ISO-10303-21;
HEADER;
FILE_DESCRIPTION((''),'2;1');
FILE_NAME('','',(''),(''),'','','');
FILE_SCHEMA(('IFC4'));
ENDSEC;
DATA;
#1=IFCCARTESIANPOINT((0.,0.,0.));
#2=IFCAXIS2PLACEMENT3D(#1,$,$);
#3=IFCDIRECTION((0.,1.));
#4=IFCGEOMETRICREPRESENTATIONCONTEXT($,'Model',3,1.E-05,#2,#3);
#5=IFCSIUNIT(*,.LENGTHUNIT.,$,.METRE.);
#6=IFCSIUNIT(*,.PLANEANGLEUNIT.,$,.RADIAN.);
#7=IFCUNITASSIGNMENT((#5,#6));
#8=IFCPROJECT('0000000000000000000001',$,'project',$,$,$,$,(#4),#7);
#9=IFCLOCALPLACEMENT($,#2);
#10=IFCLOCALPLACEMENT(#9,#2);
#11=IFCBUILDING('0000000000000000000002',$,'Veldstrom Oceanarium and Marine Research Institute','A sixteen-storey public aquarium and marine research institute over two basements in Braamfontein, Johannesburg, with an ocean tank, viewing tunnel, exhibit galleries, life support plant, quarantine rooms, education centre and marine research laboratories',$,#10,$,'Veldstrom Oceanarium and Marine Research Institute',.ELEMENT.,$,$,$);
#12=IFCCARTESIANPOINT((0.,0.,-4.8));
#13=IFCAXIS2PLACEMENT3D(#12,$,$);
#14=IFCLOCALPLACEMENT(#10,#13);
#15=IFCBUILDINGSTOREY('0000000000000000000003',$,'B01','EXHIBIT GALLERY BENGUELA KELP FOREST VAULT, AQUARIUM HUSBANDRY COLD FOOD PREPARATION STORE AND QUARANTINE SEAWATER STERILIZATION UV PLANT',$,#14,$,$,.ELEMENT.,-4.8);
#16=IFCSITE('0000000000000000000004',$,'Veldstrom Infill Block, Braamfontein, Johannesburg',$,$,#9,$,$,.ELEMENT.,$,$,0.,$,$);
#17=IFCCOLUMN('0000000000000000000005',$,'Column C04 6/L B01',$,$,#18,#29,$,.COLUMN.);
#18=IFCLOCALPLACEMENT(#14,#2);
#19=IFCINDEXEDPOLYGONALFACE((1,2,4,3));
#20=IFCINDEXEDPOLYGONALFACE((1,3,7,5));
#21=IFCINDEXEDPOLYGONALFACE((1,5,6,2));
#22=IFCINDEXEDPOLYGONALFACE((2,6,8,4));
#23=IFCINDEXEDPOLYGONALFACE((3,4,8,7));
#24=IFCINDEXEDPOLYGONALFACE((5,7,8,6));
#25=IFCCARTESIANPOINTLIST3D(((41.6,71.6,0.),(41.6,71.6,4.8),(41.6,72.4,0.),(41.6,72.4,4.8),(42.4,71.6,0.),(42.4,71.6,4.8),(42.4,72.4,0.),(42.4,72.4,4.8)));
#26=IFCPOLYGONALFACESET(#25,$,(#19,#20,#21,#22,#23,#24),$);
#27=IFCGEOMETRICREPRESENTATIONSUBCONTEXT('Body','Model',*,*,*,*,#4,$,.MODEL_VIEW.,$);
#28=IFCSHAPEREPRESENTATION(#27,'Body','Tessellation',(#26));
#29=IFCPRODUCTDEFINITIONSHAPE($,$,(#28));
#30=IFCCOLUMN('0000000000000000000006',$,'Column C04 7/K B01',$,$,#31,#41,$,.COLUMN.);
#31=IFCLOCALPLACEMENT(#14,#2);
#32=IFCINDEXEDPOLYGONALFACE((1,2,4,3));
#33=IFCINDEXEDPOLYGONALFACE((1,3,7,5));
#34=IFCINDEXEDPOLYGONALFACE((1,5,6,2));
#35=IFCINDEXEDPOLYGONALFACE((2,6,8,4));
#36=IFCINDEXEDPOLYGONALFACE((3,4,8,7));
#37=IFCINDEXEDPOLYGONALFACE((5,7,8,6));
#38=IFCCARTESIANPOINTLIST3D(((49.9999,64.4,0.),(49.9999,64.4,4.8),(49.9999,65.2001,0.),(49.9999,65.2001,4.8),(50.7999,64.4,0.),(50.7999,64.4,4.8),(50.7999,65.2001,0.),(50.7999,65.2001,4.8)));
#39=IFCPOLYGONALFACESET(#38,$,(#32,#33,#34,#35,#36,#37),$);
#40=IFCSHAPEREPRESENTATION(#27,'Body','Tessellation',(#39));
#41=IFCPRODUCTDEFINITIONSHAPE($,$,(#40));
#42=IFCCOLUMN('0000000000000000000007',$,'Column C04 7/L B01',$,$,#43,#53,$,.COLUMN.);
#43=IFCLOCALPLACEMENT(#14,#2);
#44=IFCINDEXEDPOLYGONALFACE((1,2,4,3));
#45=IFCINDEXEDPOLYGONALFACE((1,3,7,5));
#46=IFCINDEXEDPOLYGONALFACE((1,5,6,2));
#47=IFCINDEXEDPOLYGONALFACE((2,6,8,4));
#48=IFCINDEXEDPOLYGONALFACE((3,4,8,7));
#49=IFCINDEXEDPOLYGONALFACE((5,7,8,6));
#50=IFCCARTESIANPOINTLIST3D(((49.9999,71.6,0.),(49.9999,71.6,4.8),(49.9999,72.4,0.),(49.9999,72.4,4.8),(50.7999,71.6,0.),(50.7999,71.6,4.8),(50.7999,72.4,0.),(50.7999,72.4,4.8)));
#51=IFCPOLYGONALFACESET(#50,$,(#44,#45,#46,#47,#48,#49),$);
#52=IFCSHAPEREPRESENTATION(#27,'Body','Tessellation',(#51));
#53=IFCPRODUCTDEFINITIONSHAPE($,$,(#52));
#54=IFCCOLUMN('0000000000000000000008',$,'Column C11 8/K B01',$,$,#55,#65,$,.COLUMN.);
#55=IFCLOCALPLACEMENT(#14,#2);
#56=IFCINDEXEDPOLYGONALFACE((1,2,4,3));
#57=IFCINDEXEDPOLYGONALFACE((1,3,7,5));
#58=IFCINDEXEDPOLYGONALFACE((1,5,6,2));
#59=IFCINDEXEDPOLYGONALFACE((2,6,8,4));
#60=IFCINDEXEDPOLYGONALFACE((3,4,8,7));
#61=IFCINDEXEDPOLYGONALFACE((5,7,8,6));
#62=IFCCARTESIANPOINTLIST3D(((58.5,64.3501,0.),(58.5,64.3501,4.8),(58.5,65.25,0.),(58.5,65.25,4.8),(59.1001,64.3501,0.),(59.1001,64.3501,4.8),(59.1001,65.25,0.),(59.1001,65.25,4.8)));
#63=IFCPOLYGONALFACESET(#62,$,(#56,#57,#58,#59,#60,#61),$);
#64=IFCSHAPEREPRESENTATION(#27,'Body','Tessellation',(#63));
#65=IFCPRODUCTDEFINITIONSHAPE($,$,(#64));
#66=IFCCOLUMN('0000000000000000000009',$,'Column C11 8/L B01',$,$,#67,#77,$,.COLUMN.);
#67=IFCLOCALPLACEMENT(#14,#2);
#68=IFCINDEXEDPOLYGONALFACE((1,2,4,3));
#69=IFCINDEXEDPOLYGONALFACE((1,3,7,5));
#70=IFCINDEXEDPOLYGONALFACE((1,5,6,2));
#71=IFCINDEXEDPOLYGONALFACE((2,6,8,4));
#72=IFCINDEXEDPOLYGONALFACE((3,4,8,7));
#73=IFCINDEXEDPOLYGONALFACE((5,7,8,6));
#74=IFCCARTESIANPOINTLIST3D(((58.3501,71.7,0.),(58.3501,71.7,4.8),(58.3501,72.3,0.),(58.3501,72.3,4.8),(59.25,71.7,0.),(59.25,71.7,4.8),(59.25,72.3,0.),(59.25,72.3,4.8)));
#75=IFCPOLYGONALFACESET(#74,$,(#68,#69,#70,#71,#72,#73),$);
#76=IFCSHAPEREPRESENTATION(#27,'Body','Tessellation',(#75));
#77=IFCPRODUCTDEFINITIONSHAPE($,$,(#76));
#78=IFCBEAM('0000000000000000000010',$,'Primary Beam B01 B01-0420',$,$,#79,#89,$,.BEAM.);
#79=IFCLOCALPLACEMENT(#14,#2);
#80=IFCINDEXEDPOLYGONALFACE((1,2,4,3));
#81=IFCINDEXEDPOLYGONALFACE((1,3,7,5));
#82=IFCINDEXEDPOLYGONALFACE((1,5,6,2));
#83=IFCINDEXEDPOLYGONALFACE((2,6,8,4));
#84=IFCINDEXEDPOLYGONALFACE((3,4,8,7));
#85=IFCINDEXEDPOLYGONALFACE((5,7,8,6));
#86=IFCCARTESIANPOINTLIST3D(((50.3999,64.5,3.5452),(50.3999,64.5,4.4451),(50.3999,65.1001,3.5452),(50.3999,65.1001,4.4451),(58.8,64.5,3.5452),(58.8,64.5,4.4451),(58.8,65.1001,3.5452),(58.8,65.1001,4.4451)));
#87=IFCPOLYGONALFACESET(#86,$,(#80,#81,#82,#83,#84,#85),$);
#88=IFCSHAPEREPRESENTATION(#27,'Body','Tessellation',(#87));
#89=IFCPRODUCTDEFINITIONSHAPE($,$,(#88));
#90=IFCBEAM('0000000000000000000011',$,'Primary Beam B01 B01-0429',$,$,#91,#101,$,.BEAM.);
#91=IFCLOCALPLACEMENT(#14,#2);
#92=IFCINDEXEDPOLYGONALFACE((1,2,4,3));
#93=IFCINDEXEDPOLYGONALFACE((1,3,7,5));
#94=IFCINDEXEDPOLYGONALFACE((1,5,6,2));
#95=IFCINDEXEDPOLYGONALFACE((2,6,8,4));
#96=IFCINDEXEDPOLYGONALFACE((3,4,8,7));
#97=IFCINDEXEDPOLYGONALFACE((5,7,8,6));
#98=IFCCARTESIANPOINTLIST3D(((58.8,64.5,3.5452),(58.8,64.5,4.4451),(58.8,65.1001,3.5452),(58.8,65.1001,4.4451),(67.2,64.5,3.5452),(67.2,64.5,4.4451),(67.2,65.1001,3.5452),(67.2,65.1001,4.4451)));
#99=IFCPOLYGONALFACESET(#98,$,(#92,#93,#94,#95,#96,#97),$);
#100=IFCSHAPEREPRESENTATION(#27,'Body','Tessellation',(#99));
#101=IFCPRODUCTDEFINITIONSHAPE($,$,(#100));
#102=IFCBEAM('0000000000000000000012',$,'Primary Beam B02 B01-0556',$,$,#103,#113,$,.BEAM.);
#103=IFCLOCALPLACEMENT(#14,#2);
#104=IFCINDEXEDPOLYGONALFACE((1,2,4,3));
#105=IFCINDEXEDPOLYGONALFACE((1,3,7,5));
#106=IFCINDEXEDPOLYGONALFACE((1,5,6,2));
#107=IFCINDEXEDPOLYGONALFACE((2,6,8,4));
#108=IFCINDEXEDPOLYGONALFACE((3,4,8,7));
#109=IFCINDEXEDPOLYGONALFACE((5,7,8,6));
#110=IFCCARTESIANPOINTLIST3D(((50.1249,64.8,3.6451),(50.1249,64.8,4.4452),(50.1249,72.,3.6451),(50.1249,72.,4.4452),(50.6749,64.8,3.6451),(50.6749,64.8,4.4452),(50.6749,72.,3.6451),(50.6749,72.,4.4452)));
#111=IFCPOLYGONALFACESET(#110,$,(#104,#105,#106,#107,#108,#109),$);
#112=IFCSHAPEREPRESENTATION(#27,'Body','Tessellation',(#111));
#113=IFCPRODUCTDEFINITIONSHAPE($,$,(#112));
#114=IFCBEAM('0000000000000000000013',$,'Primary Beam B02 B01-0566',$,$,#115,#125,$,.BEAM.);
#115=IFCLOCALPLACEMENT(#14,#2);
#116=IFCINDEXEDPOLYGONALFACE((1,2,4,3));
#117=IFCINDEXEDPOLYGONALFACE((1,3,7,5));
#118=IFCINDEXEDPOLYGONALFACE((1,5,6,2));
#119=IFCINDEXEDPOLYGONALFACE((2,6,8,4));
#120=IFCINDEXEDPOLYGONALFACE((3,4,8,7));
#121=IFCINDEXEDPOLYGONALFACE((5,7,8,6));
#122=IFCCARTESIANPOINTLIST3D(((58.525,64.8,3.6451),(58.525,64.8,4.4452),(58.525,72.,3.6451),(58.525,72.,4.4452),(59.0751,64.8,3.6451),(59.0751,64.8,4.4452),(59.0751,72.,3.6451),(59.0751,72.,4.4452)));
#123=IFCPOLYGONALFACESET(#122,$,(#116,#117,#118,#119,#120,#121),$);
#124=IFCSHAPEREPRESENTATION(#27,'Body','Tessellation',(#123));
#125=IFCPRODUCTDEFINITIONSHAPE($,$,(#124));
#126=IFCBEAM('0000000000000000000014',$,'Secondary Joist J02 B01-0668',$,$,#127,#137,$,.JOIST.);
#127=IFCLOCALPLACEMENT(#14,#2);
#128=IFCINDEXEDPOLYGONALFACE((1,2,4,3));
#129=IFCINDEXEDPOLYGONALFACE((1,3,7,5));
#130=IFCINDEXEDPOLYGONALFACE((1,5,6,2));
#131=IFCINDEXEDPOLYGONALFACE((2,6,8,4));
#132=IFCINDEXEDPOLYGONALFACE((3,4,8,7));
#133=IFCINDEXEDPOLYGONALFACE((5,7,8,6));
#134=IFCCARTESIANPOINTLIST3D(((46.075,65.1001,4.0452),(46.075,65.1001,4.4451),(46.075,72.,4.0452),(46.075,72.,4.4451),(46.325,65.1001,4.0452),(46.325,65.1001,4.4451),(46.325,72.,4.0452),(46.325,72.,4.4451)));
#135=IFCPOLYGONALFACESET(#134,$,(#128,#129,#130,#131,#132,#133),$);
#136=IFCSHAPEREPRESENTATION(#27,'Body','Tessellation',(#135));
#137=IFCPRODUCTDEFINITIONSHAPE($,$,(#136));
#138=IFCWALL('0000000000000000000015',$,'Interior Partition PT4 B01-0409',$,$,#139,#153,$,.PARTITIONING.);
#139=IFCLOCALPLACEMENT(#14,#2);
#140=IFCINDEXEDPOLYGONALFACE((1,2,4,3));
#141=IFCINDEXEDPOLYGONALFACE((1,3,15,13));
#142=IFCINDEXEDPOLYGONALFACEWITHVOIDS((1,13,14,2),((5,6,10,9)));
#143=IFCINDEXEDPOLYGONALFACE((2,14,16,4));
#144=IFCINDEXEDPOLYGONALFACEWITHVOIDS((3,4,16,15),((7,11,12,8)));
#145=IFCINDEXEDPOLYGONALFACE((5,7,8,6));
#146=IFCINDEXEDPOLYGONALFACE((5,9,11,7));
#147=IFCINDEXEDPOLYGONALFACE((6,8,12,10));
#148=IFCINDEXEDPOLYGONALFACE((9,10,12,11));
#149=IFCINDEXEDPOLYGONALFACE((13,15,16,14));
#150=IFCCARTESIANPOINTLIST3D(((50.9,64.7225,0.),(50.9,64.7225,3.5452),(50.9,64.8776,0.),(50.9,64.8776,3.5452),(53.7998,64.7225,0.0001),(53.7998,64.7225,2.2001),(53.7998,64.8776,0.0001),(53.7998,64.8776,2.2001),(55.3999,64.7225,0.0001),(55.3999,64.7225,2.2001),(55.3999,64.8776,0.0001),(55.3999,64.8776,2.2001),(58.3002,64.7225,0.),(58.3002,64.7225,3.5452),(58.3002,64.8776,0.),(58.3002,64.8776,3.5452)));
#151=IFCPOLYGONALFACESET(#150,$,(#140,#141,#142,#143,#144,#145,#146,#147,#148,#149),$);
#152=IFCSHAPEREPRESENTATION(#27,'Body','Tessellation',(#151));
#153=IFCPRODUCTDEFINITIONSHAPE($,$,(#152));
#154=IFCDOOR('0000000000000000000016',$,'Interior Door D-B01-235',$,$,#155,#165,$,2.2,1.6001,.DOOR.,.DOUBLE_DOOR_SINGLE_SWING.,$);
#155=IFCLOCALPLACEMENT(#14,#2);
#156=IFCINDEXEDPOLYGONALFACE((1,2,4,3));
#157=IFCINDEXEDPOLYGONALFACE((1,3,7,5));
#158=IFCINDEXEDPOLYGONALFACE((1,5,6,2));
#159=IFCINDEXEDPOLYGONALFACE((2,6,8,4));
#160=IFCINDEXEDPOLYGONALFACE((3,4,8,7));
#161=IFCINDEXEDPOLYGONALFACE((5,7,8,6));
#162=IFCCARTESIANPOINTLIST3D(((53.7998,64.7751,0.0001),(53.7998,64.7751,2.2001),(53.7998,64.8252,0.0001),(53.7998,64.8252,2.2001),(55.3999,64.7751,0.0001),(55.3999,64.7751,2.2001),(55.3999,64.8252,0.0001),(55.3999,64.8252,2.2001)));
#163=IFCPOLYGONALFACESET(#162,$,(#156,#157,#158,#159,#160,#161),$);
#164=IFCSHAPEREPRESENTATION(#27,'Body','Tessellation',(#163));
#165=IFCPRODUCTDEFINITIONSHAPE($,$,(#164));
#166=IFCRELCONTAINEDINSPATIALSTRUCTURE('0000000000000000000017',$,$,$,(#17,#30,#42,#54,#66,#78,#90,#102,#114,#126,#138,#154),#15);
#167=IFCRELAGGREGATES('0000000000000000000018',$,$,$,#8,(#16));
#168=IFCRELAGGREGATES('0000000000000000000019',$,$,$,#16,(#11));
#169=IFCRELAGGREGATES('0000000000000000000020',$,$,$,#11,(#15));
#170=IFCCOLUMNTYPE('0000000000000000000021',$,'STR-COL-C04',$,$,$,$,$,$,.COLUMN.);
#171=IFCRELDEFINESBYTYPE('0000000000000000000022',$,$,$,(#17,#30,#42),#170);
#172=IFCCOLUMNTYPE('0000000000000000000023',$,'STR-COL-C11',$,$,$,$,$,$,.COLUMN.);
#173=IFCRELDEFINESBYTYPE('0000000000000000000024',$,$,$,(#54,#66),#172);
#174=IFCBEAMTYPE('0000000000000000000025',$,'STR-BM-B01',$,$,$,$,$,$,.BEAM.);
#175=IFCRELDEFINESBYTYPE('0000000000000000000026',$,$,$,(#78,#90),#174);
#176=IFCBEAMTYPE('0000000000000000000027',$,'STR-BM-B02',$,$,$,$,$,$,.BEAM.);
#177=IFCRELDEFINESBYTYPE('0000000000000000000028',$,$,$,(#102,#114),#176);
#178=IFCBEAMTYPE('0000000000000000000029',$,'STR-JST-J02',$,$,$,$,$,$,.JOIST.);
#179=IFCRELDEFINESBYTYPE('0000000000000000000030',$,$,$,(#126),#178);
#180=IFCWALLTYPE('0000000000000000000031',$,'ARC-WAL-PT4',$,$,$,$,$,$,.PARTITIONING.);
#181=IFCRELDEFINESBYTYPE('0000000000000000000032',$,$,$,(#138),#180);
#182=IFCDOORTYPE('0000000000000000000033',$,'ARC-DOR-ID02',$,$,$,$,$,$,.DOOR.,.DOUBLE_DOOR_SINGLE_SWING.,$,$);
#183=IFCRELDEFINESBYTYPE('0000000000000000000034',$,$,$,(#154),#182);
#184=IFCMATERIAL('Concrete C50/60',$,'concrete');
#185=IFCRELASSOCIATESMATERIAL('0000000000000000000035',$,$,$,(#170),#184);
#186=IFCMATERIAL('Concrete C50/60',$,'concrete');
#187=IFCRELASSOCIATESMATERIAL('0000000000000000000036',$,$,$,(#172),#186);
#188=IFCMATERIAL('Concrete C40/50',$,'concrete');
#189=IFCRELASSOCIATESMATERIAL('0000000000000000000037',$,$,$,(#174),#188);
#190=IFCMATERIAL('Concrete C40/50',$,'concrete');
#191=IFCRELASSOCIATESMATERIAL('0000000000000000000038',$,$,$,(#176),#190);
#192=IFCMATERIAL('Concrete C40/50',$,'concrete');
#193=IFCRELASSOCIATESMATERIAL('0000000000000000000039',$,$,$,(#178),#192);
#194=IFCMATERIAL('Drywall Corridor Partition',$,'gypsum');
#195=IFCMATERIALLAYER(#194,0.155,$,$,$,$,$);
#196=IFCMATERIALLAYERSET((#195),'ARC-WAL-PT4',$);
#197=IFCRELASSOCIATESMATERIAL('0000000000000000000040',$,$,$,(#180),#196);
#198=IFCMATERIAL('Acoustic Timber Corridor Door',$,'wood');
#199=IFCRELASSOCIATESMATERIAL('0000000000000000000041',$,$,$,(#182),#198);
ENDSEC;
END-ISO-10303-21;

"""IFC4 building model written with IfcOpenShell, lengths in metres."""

from ifc_helpers import new_model, si_unit, direction, frame, frame_2d, origin, origin_2d, place, context, subcontext, project, spatial, rectangle, extrude, material, layer, layer_set, material_profile, profile_set, type_object, element, fill, save


model = new_model("IFC4")

# Units and contexts
model_context = context("Model", 3, precision=1e-05, world=origin(), true_north=direction((0.0, 1.0)))
body_context = subcontext(model_context, "Body", "Model", "MODEL_VIEW")
ifc_project = project(units=[si_unit("LENGTHUNIT", "METRE"), si_unit("PLANEANGLEUNIT", "RADIAN")], contexts=[model_context])

# Site, building, storey
site_placement = place(None, origin())
site = spatial("IfcSite", under=ifc_project, at=site_placement, Name="Veldstrom Infill Block, Braamfontein, Johannesburg", CompositionType="ELEMENT", RefElevation=0.0)
building_placement = place(site_placement, origin())
building = spatial("IfcBuilding", under=site, at=building_placement, Name="Veldstrom Oceanarium and Marine Research Institute", Description="A sixteen-storey public aquarium and marine research institute over two basements in Braamfontein, Johannesburg, with an ocean tank, viewing tunnel, exhibit galleries, life support plant, quarantine rooms, education centre and marine research laboratories", LongName="Veldstrom Oceanarium and Marine Research Institute", CompositionType="ELEMENT")
storey_placement = place(building_placement, frame((0.0, 0.0, -4.8)))
storey = spatial("IfcBuildingStorey", under=building, at=storey_placement, Name="B01", Description="EXHIBIT GALLERY BENGUELA KELP FOREST VAULT, AQUARIUM HUSBANDRY COLD FOOD PREPARATION STORE AND QUARANTINE SEAWATER STERILIZATION UV PLANT", CompositionType="ELEMENT", Elevation=-4.8)

# Columns
ifc_material_1 = material(Name="Concrete C50/60", Category="concrete")
ifc_material_profile_1 = material_profile(ifc_material_1, rectangle(XDim=0.8, YDim=0.8, at=origin_2d()), Name="RC-COL-800x800")
ifc_profile_set_1 = profile_set([ifc_material_profile_1], Name="Concrete C50/60")
column_type_1 = type_object("IfcColumnType", Name="STR-COL-C04", PredefinedType="COLUMN", material=ifc_profile_set_1)
for number, where, z_axis, x_axis, name in (
    (1, (42.0, 72.0, 0.0), (0.0, 0.0, 1.0), (1.0, 0.0, 0.0), "Column C04 6/L B01"),
    (2, (50.3999, 64.8, 0.0), (0.0, 0.0, 1.0), (1.0, 0.0, 0.0), "Column C04 7/K B01"),
    (3, (50.3999, 72.0, 0.0), (0.0, 0.0, 1.0), (1.0, 0.0, 0.0), "Column C04 7/L B01"),
):
    element("IfcColumn", number, at=place(storey_placement, frame(where, z_axis=z_axis, x_axis=x_axis)), inside=storey, type_object=column_type_1, Name=name, PredefinedType="COLUMN", context=body_context, shape_type="SweptSolid", body=[
        extrude(rectangle(XDim=0.8, YDim=0.8, at=origin_2d()), origin(), (0.0, 0.0, 1.0), 4.8),
    ])
ifc_material_2 = material(Name="Concrete C50/60", Category="concrete")
ifc_material_profile_2 = material_profile(ifc_material_2, rectangle(XDim=0.6001, YDim=0.8999, at=origin_2d()), Name="RC-COL-900x600")
ifc_profile_set_2 = profile_set([ifc_material_profile_2], Name="Concrete C50/60")
column_type_2 = type_object("IfcColumnType", Name="STR-COL-C11", PredefinedType="COLUMN", material=ifc_profile_set_2)
for number, where, z_axis, x_axis, name in (
    (4, (58.8, 64.8, 0.0), (0.0, 0.0, 1.0), (1.0, 0.0, 0.0), "Column C11 8/K B01"),
    (5, (58.8, 72.0, 0.0), (0.0, 0.0, 1.0), (0.0, 1.0, 0.0), "Column C11 8/L B01"),
):
    element("IfcColumn", number, at=place(storey_placement, frame(where, z_axis=z_axis, x_axis=x_axis)), inside=storey, type_object=column_type_2, Name=name, PredefinedType="COLUMN", context=body_context, shape_type="SweptSolid", body=[
        extrude(rectangle(XDim=0.6001, YDim=0.8999, at=origin_2d()), origin(), (0.0, 0.0, 1.0), 4.8),
    ])

# Beams
ifc_material_3 = material(Name="Concrete C40/50", Category="concrete")
ifc_material_profile_3 = material_profile(ifc_material_3, rectangle(XDim=0.6001, YDim=0.8999, at=origin_2d()), Name="RC-BM-600x900")
ifc_profile_set_3 = profile_set([ifc_material_profile_3], Name="Concrete C40/50")
beam_type_1 = type_object("IfcBeamType", Name="STR-BM-B01", PredefinedType="BEAM", material=ifc_profile_set_3)
beam_1_placement = place(storey_placement, frame((50.3999, 64.8, 3.9951), z_axis=(1.0, 0.0, 0.0), x_axis=(0.0, 1.0, 0.0)))
element("IfcBeam", 6, at=beam_1_placement, inside=storey, type_object=beam_type_1, Name="Primary Beam B01 B01-0420", PredefinedType="BEAM", context=body_context, shape_type="SweptSolid", body=[
    extrude(rectangle(XDim=0.6001, YDim=0.8999, at=origin_2d()), origin(), (0.0, 0.0, 1.0), 8.4001),
])
beam_2_placement = place(storey_placement, frame((58.8, 64.8, 3.9951), z_axis=(1.0, 0.0, 0.0), x_axis=(0.0, 1.0, 0.0)))
element("IfcBeam", 7, at=beam_2_placement, inside=storey, type_object=beam_type_1, Name="Primary Beam B01 B01-0429", PredefinedType="BEAM", context=body_context, shape_type="SweptSolid", body=[
    extrude(rectangle(XDim=0.6001, YDim=0.8999, at=origin_2d()), origin(), (0.0, 0.0, 1.0), 8.3999),
])
ifc_material_4 = material(Name="Concrete C40/50", Category="concrete")
ifc_material_profile_4 = material_profile(ifc_material_4, rectangle(XDim=0.55, YDim=0.8, at=origin_2d()), Name="RC-BM-550x800")
ifc_profile_set_4 = profile_set([ifc_material_profile_4], Name="Concrete C40/50")
beam_type_2 = type_object("IfcBeamType", Name="STR-BM-B02", PredefinedType="BEAM", material=ifc_profile_set_4)
for number, where, z_axis, x_axis, name in (
    (8, (50.3999, 64.8, 4.0452), (0.0, 1.0, 0.0), (-1.0, 0.0, 0.0), "Primary Beam B02 B01-0556"),
    (9, (58.8, 64.8, 4.0452), (0.0, 1.0, 0.0), (-1.0, 0.0, 0.0), "Primary Beam B02 B01-0566"),
):
    element("IfcBeam", number, at=place(storey_placement, frame(where, z_axis=z_axis, x_axis=x_axis)), inside=storey, type_object=beam_type_2, Name=name, PredefinedType="BEAM", context=body_context, shape_type="SweptSolid", body=[
        extrude(rectangle(XDim=0.55, YDim=0.8, at=origin_2d()), origin(), (0.0, 0.0, 1.0), 7.2),
    ])
ifc_material_5 = material(Name="Concrete C40/50", Category="concrete")
ifc_material_profile_5 = material_profile(ifc_material_5, rectangle(XDim=0.25, YDim=0.3999, at=origin_2d()), Name="RC-JST-250x400")
ifc_profile_set_5 = profile_set([ifc_material_profile_5], Name="Concrete C40/50")
beam_type_3 = type_object("IfcBeamType", Name="STR-JST-J02", PredefinedType="JOIST", material=ifc_profile_set_5)
beam_3_placement = place(storey_placement, frame((46.2, 65.1001, 4.2451), z_axis=(0.0, 1.0, 0.0), x_axis=(-1.0, 0.0, 0.0)))
element("IfcBeam", 10, at=beam_3_placement, inside=storey, type_object=beam_type_3, Name="Secondary Joist J02 B01-0668", PredefinedType="JOIST", context=body_context, shape_type="SweptSolid", body=[
    extrude(rectangle(XDim=0.25, YDim=0.3999, at=origin_2d()), origin(), (0.0, 0.0, 1.0), 6.8999),
])

# Wall, opening, door
ifc_material_6 = material(Name="Drywall Corridor Partition", Category="gypsum")
ifc_layer_1 = layer(ifc_material_6, 0.155)
ifc_layer_set_1 = layer_set([ifc_layer_1], Name="ARC-WAL-PT4")
wall_type_1 = type_object("IfcWallType", Name="ARC-WAL-PT4", PredefinedType="PARTITIONING", material=ifc_layer_set_1)
wall_1_placement = place(storey_placement, frame((50.8999, 64.8, 0.0), z_axis=(0.0, 0.0, 1.0), x_axis=(1.0, 0.0, 0.0)))
wall_1 = element("IfcWall", 11, at=wall_1_placement, inside=storey, type_object=wall_type_1, Name="Interior Partition PT4 B01-0409", PredefinedType="PARTITIONING", context=body_context, shape_type="SweptSolid", body=[
    extrude(rectangle(XDim=7.4001, YDim=0.155, at=frame_2d((3.7002, 0.0))), origin(), (0.0, 0.0, 1.0), 3.5452),
])
opening_1_placement = place(wall_1_placement, frame((2.8999, 0.0, 0.0)))
opening_1 = element("IfcOpeningElement", 12, at=opening_1_placement, cuts=wall_1, PredefinedType="OPENING", context=body_context, shape_type="SweptSolid", body=[
    extrude(rectangle(XDim=1.6001, YDim=2.2, at=frame_2d((0.8, 1.1001))), frame((0.0, 0.0874, 0.0), z_axis=(0.0, -1.0, 0.0), x_axis=(1.0, 0.0, 0.0)), (0.0, 0.0, 1.0), 0.175),
])
ifc_material_7 = material(Name="Acoustic Timber Corridor Door", Category="wood")
door_type = type_object("IfcDoorType", Name="ARC-DOR-ID02", OperationType="DOUBLE_DOOR_SINGLE_SWING", PredefinedType="DOOR", material=ifc_material_7)
door_1_placement = place(opening_1_placement, frame((1.6001, 0.0, 0.0), z_axis=(0.0, 0.0, 1.0), x_axis=(-1.0, 0.0, 0.0)))
door_1 = element("IfcDoor", 13, at=door_1_placement, inside=storey, type_object=door_type, Name="Interior Door D-B01-235", OperationType="DOUBLE_DOOR_SINGLE_SWING", OverallHeight=2.2, OverallWidth=1.6001, PredefinedType="DOOR", context=body_context, shape_type="SweptSolid", body=[
    extrude(rectangle(XDim=1.6001, YDim=2.2, at=frame_2d((0.8, 1.1001))), frame((0.0, 0.0249, 0.0), z_axis=(0.0, -1.0, 0.0), x_axis=(1.0, 0.0, 0.0)), (0.0, 0.0, 1.0), 0.05),
])
fill(opening_1, door_1)

save(model, "model.ifc")
